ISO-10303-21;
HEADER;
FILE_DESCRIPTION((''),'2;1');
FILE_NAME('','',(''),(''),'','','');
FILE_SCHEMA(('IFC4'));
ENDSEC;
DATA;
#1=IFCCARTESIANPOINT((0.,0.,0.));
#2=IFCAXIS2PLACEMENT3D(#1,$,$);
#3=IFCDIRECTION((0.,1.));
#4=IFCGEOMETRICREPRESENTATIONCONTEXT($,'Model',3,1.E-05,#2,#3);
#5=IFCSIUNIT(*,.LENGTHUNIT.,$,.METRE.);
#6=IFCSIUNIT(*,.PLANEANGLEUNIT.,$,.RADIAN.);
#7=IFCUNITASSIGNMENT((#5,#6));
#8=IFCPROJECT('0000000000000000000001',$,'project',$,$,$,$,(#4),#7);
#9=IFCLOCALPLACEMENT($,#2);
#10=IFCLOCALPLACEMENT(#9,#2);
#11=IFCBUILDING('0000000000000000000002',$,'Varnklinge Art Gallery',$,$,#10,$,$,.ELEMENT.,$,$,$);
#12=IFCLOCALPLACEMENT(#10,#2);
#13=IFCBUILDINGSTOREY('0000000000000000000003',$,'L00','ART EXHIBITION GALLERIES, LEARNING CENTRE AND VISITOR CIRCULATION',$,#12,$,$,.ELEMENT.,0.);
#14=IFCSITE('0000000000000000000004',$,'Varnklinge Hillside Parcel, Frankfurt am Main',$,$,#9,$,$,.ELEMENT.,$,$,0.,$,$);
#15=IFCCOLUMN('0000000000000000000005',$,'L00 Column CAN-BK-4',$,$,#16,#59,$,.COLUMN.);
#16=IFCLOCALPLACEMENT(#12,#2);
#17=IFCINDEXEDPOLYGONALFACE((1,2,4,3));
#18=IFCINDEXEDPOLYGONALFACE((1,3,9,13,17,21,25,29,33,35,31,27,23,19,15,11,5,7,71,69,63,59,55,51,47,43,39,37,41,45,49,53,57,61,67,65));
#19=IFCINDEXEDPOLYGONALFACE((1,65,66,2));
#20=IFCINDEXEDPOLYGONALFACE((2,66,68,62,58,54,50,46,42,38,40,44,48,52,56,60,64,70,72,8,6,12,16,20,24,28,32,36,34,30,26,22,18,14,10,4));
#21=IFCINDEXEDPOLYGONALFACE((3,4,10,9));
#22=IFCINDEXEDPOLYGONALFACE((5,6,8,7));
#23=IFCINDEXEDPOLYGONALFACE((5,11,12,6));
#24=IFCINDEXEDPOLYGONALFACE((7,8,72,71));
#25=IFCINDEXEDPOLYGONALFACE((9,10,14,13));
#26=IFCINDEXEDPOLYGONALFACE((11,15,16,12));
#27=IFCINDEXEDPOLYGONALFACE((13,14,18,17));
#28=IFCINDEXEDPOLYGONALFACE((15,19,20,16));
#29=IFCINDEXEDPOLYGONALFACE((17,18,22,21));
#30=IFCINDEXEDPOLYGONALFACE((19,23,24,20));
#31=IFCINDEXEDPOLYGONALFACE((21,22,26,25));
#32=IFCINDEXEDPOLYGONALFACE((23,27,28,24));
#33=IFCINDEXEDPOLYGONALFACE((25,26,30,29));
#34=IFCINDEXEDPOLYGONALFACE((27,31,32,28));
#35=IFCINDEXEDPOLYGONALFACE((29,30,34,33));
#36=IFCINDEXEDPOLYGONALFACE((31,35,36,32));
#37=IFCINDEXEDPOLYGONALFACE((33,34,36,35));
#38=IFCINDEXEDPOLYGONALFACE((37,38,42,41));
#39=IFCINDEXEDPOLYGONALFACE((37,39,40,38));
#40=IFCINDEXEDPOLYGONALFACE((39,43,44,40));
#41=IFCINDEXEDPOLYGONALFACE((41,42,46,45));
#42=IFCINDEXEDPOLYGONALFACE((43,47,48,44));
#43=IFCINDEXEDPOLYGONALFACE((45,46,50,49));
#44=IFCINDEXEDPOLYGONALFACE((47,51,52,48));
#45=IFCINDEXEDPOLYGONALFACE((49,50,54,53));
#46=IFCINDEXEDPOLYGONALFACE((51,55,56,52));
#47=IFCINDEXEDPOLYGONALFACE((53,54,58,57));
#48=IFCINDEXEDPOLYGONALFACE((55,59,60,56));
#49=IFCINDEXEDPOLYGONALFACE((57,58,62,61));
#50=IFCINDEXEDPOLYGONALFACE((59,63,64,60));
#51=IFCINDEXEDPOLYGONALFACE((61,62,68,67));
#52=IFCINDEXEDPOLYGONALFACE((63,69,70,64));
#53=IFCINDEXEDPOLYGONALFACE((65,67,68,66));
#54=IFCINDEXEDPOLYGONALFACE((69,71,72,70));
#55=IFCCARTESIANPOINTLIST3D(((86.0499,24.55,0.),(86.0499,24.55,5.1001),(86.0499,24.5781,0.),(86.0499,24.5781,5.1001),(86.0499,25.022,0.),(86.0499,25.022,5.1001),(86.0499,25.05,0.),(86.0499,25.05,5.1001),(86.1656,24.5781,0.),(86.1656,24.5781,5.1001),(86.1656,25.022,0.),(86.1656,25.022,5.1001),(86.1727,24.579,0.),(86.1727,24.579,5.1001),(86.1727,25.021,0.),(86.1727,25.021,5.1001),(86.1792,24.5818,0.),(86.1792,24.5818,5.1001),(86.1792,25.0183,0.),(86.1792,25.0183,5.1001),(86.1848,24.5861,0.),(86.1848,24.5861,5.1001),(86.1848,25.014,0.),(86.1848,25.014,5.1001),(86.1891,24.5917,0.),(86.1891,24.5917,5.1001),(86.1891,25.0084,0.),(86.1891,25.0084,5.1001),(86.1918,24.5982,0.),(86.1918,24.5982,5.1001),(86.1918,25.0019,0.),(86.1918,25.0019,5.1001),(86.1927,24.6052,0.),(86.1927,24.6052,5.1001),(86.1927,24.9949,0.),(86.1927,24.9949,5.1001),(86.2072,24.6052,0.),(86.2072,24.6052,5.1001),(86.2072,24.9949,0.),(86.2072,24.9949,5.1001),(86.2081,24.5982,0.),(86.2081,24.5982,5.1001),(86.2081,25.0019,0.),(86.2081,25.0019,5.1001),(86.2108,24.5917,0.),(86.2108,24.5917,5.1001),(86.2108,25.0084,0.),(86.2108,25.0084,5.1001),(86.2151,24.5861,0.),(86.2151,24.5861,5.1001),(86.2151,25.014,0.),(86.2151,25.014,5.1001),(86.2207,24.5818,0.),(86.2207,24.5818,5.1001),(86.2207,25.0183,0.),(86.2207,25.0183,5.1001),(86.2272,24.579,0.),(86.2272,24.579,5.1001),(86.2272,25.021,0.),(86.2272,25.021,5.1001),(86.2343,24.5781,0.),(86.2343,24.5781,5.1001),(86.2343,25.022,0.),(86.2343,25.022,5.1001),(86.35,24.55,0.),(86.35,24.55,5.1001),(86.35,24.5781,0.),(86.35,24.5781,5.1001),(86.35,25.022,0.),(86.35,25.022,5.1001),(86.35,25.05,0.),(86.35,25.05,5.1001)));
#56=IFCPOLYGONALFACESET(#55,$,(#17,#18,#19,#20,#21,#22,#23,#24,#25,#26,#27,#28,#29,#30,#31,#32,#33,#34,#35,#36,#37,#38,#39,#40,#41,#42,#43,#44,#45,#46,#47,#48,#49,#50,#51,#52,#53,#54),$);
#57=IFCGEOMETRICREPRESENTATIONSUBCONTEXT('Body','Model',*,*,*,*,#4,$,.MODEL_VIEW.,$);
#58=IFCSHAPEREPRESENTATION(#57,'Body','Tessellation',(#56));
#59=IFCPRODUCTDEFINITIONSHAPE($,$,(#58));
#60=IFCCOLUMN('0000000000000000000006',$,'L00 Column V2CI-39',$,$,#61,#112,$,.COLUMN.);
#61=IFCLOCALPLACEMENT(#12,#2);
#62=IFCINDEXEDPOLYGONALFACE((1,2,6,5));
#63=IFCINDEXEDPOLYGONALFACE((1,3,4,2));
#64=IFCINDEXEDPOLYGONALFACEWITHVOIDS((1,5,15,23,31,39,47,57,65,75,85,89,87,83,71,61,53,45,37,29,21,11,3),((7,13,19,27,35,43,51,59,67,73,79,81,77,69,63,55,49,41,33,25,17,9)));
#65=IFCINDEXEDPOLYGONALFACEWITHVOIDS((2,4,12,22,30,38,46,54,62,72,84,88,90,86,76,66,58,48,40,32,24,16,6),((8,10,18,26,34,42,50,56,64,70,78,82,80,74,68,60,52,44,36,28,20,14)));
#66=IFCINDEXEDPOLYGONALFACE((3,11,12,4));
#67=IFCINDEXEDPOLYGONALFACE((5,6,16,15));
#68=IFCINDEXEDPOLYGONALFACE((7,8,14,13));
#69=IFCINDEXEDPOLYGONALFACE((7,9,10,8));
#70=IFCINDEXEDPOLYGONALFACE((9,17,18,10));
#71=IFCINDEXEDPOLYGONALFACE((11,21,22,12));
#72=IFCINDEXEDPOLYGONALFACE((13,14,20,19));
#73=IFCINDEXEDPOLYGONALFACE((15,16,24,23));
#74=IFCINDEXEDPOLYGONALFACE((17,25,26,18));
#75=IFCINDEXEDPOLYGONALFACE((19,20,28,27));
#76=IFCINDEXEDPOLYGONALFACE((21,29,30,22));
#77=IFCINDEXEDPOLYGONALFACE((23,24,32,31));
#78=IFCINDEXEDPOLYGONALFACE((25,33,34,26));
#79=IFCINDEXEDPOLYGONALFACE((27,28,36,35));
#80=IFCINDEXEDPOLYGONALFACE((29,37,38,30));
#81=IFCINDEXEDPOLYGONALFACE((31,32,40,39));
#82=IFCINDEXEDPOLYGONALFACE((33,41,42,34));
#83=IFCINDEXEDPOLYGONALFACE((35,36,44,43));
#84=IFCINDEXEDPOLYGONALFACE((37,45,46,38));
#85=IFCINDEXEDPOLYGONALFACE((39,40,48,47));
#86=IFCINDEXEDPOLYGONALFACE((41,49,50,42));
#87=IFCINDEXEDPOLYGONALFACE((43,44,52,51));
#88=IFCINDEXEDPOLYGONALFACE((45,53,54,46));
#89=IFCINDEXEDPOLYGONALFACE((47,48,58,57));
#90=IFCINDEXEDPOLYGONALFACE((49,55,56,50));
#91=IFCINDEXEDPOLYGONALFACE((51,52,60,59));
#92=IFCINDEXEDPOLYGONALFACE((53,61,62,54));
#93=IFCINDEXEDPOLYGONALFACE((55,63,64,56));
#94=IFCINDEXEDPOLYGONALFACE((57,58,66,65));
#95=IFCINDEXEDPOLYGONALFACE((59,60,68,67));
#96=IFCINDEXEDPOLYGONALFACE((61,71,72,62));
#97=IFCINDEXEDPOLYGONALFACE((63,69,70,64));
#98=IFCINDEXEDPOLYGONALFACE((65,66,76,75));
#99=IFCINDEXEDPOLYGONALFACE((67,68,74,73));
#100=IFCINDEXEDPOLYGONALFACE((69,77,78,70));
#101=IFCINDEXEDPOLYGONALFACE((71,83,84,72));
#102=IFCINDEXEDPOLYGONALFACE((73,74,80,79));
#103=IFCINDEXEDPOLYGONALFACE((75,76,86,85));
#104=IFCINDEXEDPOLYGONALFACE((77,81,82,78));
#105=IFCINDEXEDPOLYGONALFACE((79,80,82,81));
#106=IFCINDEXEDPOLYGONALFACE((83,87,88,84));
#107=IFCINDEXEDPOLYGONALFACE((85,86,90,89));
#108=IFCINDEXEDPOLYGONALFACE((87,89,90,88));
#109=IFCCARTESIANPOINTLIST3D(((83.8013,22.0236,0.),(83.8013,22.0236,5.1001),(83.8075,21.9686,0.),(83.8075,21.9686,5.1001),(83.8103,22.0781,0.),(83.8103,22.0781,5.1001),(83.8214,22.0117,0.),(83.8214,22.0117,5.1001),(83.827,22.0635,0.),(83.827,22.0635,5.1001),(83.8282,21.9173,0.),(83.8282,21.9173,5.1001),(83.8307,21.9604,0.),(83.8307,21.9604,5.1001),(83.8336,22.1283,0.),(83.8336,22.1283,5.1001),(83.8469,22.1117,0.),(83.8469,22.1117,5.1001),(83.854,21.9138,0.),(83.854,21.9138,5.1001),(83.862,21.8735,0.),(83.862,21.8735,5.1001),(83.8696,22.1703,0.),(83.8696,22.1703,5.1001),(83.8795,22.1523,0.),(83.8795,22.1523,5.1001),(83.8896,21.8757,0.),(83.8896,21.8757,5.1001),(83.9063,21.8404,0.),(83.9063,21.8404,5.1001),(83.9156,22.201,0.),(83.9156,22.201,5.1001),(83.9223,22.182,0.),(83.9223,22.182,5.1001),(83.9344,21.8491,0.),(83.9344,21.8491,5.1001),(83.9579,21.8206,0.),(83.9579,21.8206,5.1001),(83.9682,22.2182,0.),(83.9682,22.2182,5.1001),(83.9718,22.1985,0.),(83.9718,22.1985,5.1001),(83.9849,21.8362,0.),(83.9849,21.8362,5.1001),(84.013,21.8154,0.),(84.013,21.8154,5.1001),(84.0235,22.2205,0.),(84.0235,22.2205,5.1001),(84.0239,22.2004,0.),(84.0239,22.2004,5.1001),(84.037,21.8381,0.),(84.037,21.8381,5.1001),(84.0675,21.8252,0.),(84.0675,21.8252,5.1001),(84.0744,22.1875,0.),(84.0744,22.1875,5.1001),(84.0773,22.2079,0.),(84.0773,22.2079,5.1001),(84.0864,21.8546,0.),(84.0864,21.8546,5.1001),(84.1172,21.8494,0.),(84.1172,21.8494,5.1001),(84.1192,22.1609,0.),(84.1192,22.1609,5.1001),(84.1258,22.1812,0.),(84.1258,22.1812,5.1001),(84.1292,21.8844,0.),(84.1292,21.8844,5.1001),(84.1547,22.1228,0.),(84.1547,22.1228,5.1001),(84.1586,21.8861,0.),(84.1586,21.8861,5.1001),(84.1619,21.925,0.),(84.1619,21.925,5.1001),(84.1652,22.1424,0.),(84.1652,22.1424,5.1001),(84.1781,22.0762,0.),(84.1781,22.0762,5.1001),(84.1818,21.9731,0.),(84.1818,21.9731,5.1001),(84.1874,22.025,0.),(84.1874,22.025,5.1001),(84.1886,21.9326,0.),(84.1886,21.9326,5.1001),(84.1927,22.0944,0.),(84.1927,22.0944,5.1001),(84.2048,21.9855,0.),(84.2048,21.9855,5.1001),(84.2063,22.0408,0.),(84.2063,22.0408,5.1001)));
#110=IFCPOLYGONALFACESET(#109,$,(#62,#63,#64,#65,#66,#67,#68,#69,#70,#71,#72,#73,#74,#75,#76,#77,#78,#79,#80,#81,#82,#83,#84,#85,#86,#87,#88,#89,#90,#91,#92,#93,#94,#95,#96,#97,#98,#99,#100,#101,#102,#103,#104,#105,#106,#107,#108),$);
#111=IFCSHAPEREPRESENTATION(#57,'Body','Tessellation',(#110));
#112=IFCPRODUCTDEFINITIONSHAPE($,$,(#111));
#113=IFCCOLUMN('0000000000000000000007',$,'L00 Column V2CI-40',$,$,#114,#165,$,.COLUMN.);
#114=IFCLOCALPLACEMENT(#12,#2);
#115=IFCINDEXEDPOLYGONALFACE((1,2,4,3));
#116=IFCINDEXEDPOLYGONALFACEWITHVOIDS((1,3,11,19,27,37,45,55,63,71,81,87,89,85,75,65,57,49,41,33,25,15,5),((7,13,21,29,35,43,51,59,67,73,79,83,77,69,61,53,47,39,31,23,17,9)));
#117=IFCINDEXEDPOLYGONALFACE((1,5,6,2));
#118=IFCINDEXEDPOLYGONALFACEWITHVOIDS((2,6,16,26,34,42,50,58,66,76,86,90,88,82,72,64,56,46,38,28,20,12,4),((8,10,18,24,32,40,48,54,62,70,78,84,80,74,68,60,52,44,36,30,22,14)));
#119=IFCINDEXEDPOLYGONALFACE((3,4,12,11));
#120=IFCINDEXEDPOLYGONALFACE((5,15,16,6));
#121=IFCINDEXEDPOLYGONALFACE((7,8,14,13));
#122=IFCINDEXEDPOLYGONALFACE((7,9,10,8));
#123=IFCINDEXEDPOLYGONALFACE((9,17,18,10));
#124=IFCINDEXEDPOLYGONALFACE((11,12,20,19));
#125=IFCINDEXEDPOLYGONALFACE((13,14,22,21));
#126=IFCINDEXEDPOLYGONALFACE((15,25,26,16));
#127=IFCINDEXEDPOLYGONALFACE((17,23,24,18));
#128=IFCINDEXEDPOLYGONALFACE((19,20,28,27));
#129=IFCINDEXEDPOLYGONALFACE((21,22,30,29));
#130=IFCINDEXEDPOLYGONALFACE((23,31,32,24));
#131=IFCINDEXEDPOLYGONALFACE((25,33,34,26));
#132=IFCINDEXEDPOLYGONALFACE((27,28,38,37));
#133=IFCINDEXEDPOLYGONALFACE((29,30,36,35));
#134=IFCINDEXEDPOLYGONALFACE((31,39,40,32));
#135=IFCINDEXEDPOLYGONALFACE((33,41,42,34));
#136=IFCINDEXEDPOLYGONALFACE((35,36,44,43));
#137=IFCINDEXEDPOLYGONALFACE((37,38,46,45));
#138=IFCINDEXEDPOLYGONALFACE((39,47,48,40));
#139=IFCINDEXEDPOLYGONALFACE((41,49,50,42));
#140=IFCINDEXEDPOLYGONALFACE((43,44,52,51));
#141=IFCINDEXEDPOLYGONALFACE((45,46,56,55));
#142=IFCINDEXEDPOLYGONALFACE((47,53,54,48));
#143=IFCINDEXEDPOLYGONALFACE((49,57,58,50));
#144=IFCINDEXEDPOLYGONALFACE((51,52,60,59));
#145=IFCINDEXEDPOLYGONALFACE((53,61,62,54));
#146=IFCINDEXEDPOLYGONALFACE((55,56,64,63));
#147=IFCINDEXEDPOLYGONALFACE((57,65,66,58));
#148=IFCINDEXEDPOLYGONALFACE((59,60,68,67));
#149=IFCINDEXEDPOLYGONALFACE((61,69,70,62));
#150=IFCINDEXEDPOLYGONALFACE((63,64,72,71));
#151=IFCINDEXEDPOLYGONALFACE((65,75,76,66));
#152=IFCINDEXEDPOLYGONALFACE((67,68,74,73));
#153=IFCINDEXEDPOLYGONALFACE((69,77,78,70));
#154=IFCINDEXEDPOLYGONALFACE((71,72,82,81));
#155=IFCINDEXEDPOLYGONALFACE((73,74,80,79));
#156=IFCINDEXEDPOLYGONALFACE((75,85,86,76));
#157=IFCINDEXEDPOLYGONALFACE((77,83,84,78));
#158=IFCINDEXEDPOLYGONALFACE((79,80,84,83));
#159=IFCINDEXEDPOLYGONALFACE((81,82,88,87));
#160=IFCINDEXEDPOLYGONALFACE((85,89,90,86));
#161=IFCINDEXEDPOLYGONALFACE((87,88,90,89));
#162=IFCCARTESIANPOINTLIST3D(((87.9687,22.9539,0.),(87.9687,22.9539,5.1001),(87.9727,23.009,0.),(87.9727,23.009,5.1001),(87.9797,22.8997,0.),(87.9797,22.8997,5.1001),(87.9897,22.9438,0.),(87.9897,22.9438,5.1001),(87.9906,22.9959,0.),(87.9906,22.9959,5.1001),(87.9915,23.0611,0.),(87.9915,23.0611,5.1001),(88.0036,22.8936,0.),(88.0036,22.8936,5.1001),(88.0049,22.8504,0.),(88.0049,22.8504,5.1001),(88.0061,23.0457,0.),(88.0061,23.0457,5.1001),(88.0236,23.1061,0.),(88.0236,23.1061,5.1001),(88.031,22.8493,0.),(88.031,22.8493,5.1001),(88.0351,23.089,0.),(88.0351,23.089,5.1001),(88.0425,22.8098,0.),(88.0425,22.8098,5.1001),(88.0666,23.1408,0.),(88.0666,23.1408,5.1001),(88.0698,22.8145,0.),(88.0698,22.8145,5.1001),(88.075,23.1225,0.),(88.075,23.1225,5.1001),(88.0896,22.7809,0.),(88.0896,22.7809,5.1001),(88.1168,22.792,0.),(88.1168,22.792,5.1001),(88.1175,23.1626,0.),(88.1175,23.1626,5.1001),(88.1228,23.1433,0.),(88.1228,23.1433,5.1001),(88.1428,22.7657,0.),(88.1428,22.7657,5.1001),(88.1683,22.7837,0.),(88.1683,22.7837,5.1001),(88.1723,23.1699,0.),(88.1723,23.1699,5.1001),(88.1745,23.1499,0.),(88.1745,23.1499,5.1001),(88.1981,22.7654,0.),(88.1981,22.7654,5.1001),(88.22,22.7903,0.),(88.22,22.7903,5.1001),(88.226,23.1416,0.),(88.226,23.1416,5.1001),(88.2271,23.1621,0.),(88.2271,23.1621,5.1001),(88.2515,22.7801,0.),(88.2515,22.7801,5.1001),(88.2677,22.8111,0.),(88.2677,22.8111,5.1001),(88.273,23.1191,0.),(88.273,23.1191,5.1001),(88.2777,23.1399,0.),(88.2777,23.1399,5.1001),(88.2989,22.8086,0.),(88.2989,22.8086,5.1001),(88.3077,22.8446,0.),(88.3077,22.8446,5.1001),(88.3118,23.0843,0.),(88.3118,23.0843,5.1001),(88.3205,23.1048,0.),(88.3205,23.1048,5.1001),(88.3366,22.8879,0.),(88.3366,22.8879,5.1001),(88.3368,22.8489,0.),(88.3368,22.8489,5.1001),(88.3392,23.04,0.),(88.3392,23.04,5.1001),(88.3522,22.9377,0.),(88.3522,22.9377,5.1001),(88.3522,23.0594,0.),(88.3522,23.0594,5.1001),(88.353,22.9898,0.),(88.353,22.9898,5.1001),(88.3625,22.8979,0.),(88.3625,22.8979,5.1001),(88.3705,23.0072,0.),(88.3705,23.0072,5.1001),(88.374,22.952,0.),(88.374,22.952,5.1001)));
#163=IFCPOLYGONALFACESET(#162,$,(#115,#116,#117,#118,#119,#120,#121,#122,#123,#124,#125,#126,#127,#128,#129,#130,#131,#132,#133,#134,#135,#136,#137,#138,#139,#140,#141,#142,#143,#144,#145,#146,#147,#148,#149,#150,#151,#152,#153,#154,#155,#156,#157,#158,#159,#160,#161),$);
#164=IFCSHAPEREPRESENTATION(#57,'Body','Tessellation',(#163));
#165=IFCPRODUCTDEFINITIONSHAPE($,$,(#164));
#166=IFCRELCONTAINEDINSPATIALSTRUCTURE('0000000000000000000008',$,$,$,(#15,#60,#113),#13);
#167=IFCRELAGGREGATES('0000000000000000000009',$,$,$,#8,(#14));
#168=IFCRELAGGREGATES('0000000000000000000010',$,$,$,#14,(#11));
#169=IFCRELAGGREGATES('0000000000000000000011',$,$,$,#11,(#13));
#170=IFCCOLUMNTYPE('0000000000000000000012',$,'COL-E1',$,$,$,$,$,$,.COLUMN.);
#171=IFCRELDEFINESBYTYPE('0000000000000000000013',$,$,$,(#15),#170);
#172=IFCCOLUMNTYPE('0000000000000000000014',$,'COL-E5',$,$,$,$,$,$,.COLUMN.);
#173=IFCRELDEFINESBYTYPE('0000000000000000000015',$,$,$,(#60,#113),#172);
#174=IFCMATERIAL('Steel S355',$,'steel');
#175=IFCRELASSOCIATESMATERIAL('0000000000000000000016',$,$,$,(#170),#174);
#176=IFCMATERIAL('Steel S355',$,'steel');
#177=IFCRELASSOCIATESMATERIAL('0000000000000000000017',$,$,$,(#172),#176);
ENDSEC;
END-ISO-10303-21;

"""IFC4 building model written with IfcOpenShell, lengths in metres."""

from ifc_helpers import new_model, si_unit, direction, frame, origin, origin_2d, place, context, subcontext, project, spatial, hollow_circle, i_section, extrude, material, material_profile, profile_set, type_object, element, save


model = new_model("IFC4")

# Units and contexts
model_context = context("Model", 3, precision=1e-05, world=origin(), true_north=direction((0.0, 1.0)))
body_context = subcontext(model_context, "Body", "Model", "MODEL_VIEW")
ifc_project = project(units=[si_unit("LENGTHUNIT", "METRE"), si_unit("PLANEANGLEUNIT", "RADIAN")], contexts=[model_context])

# Site, building, storey
site_placement = place(None, origin())
site = spatial("IfcSite", under=ifc_project, at=site_placement, Name="Varnklinge Hillside Parcel, Frankfurt am Main", CompositionType="ELEMENT", RefElevation=0.0)
building_placement = place(site_placement, origin())
building = spatial("IfcBuilding", under=site, at=building_placement, Name="Varnklinge Art Gallery", CompositionType="ELEMENT")
storey_placement = place(building_placement, origin())
storey = spatial("IfcBuildingStorey", under=building, at=storey_placement, Name="L00", Description="ART EXHIBITION GALLERIES, LEARNING CENTRE AND VISITOR CIRCULATION", CompositionType="ELEMENT", Elevation=0.0)

# Columns
ifc_material_1 = material(Name="Steel S355", Category="steel")
ifc_material_profile_1 = material_profile(ifc_material_1, i_section(OverallWidth=0.3, OverallDepth=0.5, WebThickness=0.0144, FlangeThickness=0.0281, FilletRadius=0.0271, at=origin_2d()), Name="HEB 500")
ifc_profile_set_1 = profile_set([ifc_material_profile_1], Name="Steel S355")
column_type_1 = type_object("IfcColumnType", Name="COL-E1", PredefinedType="COLUMN", material=ifc_profile_set_1)
column_placement = place(storey_placement, frame((86.2, 24.8, 0.0), z_axis=(0.0, 0.0, 1.0), x_axis=(1.0, 0.0, 0.0)))
element("IfcColumn", 1, at=column_placement, inside=storey, type_object=column_type_1, Name="L00 Column CAN-BK-4", PredefinedType="COLUMN", context=body_context, shape_type="SweptSolid", body=[
    extrude(i_section(OverallWidth=0.3, OverallDepth=0.5, WebThickness=0.0144, FlangeThickness=0.0281, FilletRadius=0.0271, at=origin_2d()), origin(), (0.0, 0.0, 1.0), 5.1001),
])
ifc_material_2 = material(Name="Steel S355", Category="steel")
ifc_material_profile_2 = material_profile(ifc_material_2, hollow_circle(Radius=0.2031, WallThickness=0.02, at=origin_2d()), Name="CHS 406.4x20")
ifc_profile_set_2 = profile_set([ifc_material_profile_2], Name="Steel S355")
column_type_2 = type_object("IfcColumnType", Name="COL-E5", PredefinedType="COLUMN", material=ifc_profile_set_2)
for number, where, z_axis, x_axis, name in (
    (2, (84.0044, 22.0183, 0.0), (0.0, 0.0, 1.0), (-0.178115, 0.98401, 0.0), "L00 Column V2CI-39"),
    (3, (88.1714, 22.9668, 0.0), (0.0, 0.0, 1.0), (-0.265388, 0.964142, 0.0), "L00 Column V2CI-40"),
):
    element("IfcColumn", number, at=place(storey_placement, frame(where, z_axis=z_axis, x_axis=x_axis)), inside=storey, type_object=column_type_2, Name=name, PredefinedType="COLUMN", context=body_context, shape_type="SweptSolid", body=[
        extrude(hollow_circle(Radius=0.2031, WallThickness=0.02, at=origin_2d()), origin(), (0.0, 0.0, 1.0), 5.1001),
    ])

save(model, "model.ifc")
